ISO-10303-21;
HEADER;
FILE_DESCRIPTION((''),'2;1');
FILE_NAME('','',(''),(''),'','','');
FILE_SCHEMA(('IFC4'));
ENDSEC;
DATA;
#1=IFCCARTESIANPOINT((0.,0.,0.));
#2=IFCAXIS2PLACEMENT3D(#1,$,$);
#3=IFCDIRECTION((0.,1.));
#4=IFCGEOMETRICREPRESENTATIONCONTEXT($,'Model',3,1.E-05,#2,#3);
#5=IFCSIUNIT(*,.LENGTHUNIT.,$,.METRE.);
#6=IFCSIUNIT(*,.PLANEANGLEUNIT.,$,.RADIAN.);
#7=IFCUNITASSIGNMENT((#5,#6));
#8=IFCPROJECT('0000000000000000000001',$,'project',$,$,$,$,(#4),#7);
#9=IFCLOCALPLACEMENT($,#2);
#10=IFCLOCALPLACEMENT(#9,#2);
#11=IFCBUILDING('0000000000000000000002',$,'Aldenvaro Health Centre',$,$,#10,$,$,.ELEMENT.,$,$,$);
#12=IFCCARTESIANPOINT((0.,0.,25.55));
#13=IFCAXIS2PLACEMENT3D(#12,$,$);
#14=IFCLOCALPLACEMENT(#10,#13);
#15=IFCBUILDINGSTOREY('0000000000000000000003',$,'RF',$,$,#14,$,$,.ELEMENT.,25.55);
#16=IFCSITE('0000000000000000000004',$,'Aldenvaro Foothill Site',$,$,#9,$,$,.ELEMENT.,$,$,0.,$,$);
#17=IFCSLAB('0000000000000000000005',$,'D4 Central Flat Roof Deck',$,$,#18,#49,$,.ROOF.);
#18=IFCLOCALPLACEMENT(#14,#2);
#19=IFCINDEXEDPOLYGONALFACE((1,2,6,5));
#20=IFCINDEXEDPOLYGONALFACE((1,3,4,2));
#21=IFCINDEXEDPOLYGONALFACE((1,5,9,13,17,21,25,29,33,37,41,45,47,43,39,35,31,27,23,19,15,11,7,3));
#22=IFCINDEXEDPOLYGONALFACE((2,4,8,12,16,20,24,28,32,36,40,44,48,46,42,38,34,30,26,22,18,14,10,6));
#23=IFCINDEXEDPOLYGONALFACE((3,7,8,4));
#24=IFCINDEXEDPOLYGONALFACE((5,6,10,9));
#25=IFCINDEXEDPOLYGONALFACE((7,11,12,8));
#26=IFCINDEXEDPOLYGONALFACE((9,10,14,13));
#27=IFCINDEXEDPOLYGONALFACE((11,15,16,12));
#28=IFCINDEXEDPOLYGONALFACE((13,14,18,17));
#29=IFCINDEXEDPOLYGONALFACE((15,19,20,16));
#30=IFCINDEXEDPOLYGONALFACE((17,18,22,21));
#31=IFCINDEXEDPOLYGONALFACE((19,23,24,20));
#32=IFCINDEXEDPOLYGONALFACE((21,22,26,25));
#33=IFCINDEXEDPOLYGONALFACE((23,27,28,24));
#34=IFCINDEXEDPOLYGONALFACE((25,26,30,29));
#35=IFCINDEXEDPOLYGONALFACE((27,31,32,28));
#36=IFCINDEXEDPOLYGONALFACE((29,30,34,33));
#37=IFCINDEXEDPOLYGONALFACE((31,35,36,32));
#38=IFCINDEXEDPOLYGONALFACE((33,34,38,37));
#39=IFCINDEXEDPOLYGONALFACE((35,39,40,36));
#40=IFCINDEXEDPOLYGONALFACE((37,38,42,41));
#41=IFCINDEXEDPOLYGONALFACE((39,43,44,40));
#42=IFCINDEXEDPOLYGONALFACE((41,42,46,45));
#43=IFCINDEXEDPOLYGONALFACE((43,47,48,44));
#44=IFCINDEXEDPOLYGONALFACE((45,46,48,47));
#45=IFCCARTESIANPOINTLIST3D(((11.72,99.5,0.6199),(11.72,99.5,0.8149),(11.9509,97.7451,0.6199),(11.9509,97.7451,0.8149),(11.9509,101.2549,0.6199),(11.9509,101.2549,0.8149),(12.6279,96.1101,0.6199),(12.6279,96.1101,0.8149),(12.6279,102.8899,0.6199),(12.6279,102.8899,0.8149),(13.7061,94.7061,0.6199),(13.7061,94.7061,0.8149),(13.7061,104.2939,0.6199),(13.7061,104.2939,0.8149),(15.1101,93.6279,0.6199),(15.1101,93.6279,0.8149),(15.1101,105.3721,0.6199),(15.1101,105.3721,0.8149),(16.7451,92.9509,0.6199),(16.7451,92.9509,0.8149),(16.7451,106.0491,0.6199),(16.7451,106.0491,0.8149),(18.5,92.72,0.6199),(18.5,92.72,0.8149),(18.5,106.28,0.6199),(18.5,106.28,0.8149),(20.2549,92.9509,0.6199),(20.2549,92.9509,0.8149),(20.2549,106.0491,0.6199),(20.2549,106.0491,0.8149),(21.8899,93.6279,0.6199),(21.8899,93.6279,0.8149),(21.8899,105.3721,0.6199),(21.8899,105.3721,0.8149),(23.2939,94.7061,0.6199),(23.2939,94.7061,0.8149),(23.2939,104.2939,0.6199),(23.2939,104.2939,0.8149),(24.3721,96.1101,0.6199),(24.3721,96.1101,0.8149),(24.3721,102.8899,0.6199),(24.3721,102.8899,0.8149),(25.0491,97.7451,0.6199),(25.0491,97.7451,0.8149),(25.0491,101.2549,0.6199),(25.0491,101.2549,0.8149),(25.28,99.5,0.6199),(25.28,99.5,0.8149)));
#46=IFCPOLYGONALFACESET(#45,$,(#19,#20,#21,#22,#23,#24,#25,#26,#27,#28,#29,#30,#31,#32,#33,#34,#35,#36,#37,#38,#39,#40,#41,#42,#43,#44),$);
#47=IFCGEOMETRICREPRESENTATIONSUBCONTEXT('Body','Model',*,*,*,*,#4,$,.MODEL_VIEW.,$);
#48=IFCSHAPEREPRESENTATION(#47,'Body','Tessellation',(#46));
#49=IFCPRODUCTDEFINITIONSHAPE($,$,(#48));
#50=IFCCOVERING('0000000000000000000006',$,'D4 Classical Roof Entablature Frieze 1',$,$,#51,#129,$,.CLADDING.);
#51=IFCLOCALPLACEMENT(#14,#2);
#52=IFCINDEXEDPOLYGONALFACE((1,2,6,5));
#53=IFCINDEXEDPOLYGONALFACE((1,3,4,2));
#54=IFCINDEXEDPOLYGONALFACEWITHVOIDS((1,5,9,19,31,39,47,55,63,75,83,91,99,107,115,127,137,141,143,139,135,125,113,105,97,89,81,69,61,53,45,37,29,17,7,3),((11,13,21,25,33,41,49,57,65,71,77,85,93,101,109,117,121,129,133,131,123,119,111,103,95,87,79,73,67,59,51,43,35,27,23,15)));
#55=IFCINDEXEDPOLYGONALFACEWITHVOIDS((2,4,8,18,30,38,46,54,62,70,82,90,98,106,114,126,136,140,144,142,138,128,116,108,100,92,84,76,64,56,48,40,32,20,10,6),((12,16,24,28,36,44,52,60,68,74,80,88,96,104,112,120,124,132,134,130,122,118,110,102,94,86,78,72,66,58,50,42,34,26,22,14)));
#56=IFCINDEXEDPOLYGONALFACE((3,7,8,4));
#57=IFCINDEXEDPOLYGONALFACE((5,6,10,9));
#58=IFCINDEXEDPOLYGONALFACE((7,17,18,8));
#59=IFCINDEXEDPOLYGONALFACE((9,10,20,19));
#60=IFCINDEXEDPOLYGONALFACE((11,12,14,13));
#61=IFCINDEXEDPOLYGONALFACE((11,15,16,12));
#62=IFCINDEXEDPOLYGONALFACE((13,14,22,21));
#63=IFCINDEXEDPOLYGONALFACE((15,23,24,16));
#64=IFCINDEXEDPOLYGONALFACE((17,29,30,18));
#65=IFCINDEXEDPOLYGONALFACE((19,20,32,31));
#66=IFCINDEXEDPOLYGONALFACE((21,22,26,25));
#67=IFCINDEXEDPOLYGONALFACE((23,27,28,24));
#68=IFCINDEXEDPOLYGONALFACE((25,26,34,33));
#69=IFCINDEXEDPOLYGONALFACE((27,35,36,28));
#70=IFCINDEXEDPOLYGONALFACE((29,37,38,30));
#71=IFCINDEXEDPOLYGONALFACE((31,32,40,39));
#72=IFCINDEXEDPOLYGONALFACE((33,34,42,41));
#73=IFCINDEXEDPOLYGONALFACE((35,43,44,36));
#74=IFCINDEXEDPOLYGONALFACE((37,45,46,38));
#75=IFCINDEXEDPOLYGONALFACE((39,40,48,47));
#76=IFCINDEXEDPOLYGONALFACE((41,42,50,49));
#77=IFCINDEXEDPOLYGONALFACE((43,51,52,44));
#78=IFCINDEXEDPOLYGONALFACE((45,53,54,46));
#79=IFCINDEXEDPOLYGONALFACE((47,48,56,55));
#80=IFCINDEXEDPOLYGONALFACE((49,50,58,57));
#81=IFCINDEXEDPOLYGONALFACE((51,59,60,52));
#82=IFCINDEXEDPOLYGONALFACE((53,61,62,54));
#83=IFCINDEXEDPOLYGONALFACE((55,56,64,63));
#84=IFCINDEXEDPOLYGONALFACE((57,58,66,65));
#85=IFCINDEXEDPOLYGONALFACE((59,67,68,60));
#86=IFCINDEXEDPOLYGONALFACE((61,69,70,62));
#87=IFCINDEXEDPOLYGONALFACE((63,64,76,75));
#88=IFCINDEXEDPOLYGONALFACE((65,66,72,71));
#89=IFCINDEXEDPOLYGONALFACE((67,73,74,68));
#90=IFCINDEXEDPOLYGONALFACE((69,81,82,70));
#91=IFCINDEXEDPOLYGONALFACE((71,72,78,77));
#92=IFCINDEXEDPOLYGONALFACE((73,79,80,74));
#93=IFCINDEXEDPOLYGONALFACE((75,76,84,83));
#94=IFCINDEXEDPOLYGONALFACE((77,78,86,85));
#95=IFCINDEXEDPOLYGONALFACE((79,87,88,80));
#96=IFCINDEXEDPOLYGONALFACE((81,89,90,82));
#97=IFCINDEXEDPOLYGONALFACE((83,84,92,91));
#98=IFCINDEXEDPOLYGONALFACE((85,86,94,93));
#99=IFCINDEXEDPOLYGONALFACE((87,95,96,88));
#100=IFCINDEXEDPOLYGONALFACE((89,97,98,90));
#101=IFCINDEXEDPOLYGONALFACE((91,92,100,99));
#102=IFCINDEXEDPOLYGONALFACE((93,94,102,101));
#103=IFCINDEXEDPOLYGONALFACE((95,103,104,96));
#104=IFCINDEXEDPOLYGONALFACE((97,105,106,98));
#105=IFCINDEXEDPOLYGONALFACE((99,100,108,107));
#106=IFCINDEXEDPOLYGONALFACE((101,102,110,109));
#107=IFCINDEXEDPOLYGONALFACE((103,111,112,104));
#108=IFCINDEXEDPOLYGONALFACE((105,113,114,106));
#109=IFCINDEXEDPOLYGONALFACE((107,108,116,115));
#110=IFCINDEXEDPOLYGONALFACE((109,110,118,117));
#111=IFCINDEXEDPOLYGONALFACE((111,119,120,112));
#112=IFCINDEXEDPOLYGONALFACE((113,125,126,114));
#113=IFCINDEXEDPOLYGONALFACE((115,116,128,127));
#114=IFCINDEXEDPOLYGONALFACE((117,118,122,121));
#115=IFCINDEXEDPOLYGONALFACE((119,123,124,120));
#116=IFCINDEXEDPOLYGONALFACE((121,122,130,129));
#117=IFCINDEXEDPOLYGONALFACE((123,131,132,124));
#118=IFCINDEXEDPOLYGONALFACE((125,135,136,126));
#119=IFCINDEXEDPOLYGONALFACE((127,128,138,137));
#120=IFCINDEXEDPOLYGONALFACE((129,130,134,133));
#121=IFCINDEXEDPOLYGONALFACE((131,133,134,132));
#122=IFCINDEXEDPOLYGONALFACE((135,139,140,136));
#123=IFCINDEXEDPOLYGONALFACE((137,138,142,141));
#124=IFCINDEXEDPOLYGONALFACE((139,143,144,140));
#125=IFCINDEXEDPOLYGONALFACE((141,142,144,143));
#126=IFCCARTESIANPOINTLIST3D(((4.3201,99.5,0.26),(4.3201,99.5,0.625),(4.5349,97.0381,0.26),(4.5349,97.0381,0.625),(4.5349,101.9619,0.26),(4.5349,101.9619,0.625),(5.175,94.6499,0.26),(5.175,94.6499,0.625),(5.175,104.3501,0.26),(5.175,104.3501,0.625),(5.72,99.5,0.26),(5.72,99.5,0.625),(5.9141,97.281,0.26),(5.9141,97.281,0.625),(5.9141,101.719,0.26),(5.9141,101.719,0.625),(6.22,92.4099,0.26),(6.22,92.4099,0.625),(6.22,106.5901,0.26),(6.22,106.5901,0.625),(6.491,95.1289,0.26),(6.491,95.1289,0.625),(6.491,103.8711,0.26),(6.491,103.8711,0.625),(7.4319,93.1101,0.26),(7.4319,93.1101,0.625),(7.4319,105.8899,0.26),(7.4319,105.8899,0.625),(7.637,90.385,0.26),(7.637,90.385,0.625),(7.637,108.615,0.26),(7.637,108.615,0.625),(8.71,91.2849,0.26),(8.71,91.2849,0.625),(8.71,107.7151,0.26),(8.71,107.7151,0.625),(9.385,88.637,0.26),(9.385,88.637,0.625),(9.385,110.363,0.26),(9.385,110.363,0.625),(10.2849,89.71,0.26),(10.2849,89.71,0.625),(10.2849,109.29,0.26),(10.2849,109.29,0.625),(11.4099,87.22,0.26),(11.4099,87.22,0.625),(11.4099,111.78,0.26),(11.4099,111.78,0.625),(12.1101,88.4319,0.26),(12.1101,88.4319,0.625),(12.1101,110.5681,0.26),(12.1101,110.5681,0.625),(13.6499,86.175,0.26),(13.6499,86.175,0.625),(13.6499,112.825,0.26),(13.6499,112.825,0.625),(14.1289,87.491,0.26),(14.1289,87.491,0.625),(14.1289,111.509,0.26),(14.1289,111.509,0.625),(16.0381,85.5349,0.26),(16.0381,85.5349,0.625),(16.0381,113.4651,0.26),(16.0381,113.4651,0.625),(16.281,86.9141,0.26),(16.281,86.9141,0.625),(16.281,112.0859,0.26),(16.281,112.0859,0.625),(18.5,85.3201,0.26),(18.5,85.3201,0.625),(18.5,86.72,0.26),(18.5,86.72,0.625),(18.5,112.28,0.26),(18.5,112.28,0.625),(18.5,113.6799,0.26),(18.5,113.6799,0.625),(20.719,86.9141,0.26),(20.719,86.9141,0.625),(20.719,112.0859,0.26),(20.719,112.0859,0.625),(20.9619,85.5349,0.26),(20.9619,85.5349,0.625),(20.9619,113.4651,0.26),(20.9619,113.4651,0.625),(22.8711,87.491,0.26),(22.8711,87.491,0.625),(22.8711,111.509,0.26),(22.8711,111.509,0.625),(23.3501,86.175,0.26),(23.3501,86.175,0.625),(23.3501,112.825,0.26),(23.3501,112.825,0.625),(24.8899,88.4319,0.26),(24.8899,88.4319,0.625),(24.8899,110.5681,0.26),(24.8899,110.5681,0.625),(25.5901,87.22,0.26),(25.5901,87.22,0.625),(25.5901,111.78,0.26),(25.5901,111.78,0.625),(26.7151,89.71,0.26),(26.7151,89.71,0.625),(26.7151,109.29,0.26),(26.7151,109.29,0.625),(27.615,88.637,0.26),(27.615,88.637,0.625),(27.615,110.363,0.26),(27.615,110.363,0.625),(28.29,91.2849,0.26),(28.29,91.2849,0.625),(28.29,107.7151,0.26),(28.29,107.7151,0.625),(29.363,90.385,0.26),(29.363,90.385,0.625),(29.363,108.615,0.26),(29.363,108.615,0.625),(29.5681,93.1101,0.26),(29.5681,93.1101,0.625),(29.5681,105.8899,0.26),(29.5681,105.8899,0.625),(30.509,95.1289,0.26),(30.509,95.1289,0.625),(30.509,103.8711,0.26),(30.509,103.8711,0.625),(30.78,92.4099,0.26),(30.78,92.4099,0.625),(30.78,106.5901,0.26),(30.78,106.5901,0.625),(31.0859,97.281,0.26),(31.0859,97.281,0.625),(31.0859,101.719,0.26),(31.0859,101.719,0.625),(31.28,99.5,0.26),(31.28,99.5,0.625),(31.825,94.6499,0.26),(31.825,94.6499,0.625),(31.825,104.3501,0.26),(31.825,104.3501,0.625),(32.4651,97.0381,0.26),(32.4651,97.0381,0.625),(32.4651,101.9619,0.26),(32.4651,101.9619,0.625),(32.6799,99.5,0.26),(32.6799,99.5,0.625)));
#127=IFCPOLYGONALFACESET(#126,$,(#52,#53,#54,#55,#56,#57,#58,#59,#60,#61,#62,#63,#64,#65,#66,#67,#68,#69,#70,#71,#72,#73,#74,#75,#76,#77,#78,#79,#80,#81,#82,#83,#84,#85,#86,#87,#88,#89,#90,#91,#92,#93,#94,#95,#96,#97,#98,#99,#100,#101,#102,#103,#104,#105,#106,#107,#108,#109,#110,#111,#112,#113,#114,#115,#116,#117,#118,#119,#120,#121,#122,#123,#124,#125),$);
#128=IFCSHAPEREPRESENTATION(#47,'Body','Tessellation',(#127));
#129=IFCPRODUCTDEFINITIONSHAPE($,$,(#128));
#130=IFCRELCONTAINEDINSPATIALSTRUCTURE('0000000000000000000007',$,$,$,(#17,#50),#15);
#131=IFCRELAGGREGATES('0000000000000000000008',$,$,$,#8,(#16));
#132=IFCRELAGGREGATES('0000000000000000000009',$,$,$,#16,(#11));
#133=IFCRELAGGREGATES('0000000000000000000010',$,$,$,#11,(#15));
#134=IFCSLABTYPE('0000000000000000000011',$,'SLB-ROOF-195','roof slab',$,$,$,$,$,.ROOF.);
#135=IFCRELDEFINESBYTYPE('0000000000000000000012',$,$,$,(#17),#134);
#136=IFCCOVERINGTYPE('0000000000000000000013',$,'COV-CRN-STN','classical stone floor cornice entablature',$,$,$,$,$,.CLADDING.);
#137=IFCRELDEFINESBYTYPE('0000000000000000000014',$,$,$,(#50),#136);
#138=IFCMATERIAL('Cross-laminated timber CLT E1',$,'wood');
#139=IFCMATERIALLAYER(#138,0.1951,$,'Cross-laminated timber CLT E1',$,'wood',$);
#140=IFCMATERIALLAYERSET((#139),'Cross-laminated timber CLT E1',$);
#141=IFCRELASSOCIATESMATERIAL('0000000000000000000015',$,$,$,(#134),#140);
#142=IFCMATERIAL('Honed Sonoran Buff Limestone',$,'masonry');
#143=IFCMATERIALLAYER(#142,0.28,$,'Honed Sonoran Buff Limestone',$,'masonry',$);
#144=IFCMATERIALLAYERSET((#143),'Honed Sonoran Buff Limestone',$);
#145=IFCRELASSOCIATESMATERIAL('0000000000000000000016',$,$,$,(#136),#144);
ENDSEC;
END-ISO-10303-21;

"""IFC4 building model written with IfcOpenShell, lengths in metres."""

from ifc_helpers import new_model, si_unit, direction, frame, origin, place, context, subcontext, project, spatial, polyline, outline, extrude, material, layer, layer_set, type_object, element, save


model = new_model("IFC4")

# Units and contexts
model_context = context("Model", 3, precision=1e-05, world=origin(), true_north=direction((0.0, 1.0)))
body_context = subcontext(model_context, "Body", "Model", "MODEL_VIEW")
ifc_project = project(units=[si_unit("LENGTHUNIT", "METRE"), si_unit("PLANEANGLEUNIT", "RADIAN")], contexts=[model_context])

# Site, building, storey
site_placement = place(None, origin())
site = spatial("IfcSite", under=ifc_project, at=site_placement, Name="Aldenvaro Foothill Site", CompositionType="ELEMENT", RefElevation=0.0)
building_placement = place(site_placement, origin())
building = spatial("IfcBuilding", under=site, at=building_placement, Name="Aldenvaro Health Centre", CompositionType="ELEMENT")
storey_placement = place(building_placement, frame((0.0, 0.0, 25.55)))
storey = spatial("IfcBuildingStorey", under=building, at=storey_placement, Name="RF", CompositionType="ELEMENT", Elevation=25.55)

# Slab
ifc_material_1 = material(Name="Cross-laminated timber CLT E1", Category="wood")
ifc_layer_1 = layer(ifc_material_1, 0.1951, Name="Cross-laminated timber CLT E1", Category="wood")
ifc_layer_set_1 = layer_set([ifc_layer_1], Name="Cross-laminated timber CLT E1")
slab_type = type_object("IfcSlabType", Name="SLB-ROOF-195", Description="roof slab", PredefinedType="ROOF", material=ifc_layer_set_1)
slab_1_placement = place(storey_placement, frame((0.0, 0.0, 0.6199)))
element("IfcSlab", 1, at=slab_1_placement, inside=storey, type_object=slab_type, Name="D4 Central Flat Roof Deck", PredefinedType="ROOF", context=body_context, shape_type="SweptSolid", body=[
    extrude(outline(polyline([(25.28, 99.5), (25.0491, 101.2549), (24.3721, 102.8899), (23.2939, 104.2939), (21.8899, 105.3721), (20.2549, 106.0491), (18.5, 106.28), (16.7451, 106.0491), (15.1101, 105.3721), (13.7061, 104.2939), (12.6279, 102.8899), (11.9509, 101.2549), (11.72, 99.5), (11.9509, 97.7451), (12.6279, 96.1101), (13.7061, 94.7061), (15.1101, 93.6279), (16.7451, 92.9509), (18.5, 92.72), (20.2549, 92.9509), (21.8899, 93.6279), (23.2939, 94.7061), (24.3721, 96.1101), (25.0491, 97.7451), (25.28, 99.5)])), origin(), (0.0, 0.0, 1.0), 0.1951),
])

# Covering
ifc_material_2 = material(Name="Honed Sonoran Buff Limestone", Category="masonry")
ifc_layer_2 = layer(ifc_material_2, 0.28, Name="Honed Sonoran Buff Limestone", Category="masonry")
ifc_layer_set_2 = layer_set([ifc_layer_2], Name="Honed Sonoran Buff Limestone")
covering_type = type_object("IfcCoveringType", Name="COV-CRN-STN", Description="classical stone floor cornice entablature", PredefinedType="CLADDING", material=ifc_layer_set_2)
covering_1_placement = place(storey_placement, frame((0.0, 0.0, 0.26)))
element("IfcCovering", 2, at=covering_1_placement, inside=storey, type_object=covering_type, Name="D4 Classical Roof Entablature Frieze 1", PredefinedType="CLADDING", context=body_context, shape_type="SweptSolid", body=[
    extrude(outline(polyline([(32.6799, 99.5), (32.4651, 101.9619), (31.825, 104.3501), (30.78, 106.5901), (29.363, 108.615), (27.615, 110.363), (25.5901, 111.78), (23.3501, 112.825), (20.9619, 113.4651), (18.5, 113.6799), (16.0381, 113.4651), (13.6499, 112.825), (11.4099, 111.78), (9.385, 110.363), (7.637, 108.615), (6.22, 106.5901), (5.175, 104.3501), (4.5349, 101.9619), (4.3201, 99.5), (4.5349, 97.0381), (5.175, 94.6499), (6.22, 92.4099), (7.637, 90.385), (9.385, 88.637), (11.4099, 87.22), (13.6499, 86.175), (16.0381, 85.5349), (18.5, 85.3201), (20.9619, 85.5349), (23.3501, 86.175), (25.5901, 87.22), (27.615, 88.637), (29.363, 90.385), (30.78, 92.4099), (31.825, 94.6499), (32.4651, 97.0381), (32.6799, 99.5)]), holes=[polyline([(31.28, 99.5), (31.0859, 97.281), (30.509, 95.1289), (29.5681, 93.1101), (28.29, 91.2849), (26.7151, 89.71), (24.8899, 88.4319), (22.8711, 87.491), (20.719, 86.9141), (18.5, 86.72), (16.281, 86.9141), (14.1289, 87.491), (12.1101, 88.4319), (10.2849, 89.71), (8.71, 91.2849), (7.4319, 93.1101), (6.491, 95.1289), (5.9141, 97.281), (5.72, 99.5), (5.9141, 101.719), (6.491, 103.8711), (7.4319, 105.8899), (8.71, 107.7151), (10.2849, 109.29), (12.1101, 110.5681), (14.1289, 111.509), (16.281, 112.0859), (18.5, 112.28), (20.719, 112.0859), (22.8711, 111.509), (24.8899, 110.5681), (26.7151, 109.29), (28.29, 107.7151), (29.5681, 105.8899), (30.509, 103.8711), (31.0859, 101.719), (31.28, 99.5)])]), origin(), (0.0, 0.0, 1.0), 0.365),
])

save(model, "model.ifc")
